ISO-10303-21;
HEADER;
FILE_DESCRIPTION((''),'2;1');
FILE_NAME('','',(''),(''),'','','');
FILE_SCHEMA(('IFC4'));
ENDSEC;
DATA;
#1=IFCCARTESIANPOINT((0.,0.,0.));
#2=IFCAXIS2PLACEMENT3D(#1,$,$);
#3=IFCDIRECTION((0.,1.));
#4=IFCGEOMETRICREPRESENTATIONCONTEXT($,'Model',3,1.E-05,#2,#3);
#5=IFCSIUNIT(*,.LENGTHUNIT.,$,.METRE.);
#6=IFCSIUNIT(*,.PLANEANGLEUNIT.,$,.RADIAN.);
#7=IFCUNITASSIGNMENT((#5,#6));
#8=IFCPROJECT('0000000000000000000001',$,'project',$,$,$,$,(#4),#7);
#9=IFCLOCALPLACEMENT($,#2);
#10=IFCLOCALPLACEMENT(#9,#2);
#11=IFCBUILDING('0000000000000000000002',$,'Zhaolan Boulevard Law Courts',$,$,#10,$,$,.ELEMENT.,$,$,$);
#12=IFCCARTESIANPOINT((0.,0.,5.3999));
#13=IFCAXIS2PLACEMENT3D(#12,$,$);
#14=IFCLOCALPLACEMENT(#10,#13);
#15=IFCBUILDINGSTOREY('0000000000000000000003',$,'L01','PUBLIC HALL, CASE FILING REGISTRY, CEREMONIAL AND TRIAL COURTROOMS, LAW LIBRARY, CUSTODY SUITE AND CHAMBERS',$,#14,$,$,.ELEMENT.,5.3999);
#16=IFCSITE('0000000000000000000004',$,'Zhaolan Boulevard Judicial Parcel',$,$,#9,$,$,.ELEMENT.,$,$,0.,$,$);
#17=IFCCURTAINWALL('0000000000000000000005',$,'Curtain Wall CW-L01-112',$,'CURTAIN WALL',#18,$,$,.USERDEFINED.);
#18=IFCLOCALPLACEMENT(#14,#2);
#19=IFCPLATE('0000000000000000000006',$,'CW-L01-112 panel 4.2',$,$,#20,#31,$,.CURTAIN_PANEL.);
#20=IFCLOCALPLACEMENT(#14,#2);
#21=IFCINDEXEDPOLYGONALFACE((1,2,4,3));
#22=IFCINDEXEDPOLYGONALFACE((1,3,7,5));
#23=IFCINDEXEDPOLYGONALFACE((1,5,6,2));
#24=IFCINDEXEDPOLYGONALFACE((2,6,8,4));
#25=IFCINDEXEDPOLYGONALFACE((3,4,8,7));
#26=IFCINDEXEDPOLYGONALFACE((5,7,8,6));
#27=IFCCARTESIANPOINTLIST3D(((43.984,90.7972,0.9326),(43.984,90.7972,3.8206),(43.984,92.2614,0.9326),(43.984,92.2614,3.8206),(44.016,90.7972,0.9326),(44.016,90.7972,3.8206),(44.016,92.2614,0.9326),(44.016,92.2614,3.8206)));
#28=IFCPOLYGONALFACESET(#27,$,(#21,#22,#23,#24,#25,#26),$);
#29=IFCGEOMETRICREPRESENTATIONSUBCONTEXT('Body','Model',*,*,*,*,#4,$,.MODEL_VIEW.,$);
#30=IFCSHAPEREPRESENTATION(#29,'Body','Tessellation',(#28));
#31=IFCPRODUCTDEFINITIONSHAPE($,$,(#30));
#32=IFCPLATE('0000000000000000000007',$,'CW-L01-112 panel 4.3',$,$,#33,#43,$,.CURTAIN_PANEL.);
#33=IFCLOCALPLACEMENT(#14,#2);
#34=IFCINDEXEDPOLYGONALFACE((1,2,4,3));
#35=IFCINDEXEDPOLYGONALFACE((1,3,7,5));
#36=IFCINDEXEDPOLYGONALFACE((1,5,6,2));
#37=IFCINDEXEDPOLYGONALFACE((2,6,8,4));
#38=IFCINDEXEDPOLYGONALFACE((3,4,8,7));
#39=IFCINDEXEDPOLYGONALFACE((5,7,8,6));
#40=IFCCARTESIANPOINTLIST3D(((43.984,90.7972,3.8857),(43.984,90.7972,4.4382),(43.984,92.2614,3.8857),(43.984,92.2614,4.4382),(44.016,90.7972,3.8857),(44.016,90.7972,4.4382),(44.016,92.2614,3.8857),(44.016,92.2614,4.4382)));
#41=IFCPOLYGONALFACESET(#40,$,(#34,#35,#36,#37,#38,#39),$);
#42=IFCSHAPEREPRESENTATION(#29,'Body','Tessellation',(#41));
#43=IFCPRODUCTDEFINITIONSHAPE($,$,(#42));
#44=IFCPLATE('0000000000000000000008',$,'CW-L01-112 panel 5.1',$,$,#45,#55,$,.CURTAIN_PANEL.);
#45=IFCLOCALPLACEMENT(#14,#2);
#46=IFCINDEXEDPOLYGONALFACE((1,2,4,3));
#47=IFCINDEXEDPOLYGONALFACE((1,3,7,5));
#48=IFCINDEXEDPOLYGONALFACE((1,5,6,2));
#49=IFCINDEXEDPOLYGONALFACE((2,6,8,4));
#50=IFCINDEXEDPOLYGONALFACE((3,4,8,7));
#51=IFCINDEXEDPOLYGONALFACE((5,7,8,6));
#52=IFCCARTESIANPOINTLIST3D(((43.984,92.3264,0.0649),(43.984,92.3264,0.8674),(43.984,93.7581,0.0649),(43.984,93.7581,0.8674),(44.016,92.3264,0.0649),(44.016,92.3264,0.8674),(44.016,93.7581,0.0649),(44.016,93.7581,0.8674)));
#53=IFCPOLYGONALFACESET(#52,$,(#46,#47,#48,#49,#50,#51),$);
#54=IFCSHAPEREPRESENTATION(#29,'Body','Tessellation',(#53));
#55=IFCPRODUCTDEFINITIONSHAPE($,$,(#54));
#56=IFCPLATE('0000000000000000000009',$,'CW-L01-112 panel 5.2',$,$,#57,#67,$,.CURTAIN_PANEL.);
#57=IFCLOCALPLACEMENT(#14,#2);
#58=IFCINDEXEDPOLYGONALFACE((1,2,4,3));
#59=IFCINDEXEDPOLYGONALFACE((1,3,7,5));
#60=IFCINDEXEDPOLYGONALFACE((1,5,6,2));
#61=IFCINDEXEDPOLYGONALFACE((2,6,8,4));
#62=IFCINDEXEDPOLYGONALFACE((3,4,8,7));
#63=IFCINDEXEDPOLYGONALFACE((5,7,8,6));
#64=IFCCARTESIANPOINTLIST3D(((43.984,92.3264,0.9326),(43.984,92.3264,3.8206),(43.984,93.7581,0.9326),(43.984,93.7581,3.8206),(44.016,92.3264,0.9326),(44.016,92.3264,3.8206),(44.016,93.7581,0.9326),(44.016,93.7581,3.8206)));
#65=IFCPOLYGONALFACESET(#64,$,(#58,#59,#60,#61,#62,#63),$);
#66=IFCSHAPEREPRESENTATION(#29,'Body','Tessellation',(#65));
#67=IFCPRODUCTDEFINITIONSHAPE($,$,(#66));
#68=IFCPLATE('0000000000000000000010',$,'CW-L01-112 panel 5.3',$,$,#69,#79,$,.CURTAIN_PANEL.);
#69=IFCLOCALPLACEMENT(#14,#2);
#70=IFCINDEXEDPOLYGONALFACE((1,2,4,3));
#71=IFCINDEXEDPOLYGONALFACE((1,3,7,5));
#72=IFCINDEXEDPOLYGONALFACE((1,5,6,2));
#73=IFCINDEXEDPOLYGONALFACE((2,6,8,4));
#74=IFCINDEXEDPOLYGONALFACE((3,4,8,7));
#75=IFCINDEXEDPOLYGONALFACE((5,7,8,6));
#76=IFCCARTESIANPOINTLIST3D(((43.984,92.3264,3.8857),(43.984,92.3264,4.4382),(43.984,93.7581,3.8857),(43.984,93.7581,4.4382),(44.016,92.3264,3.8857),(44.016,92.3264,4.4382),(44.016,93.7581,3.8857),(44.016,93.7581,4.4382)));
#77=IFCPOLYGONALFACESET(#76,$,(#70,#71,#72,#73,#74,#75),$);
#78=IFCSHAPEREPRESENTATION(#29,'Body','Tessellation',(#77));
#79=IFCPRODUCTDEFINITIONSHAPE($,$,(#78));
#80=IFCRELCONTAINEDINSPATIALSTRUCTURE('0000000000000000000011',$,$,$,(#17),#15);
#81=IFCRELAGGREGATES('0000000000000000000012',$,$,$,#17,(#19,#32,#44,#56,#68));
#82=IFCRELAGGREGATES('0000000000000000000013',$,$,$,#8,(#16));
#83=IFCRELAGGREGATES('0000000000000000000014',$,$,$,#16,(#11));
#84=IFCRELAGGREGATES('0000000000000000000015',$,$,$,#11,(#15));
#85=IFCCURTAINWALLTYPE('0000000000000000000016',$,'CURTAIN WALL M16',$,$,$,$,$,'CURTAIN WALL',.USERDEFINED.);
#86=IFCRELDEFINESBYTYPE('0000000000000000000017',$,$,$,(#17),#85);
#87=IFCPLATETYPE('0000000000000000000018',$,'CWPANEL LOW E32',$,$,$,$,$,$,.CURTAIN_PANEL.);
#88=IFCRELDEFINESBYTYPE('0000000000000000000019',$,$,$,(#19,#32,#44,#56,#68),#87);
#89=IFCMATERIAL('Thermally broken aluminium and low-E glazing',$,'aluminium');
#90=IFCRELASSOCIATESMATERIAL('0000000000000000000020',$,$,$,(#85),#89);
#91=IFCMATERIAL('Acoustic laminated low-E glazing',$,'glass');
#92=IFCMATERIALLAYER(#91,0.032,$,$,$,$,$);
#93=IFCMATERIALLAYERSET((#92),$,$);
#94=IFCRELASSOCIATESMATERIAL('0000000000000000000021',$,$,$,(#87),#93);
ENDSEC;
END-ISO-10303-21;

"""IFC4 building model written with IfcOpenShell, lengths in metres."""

from ifc_helpers import new_model, si_unit, direction, frame, origin, origin_2d, place, context, subcontext, project, spatial, rectangle, extrude, material, layer, layer_set, type_object, element, aggregate, save


model = new_model("IFC4")

# Units and contexts
model_context = context("Model", 3, precision=1e-05, world=origin(), true_north=direction((0.0, 1.0)))
body_context = subcontext(model_context, "Body", "Model", "MODEL_VIEW")
ifc_project = project(units=[si_unit("LENGTHUNIT", "METRE"), si_unit("PLANEANGLEUNIT", "RADIAN")], contexts=[model_context])

# Site, building, storey
site_placement = place(None, origin())
site = spatial("IfcSite", under=ifc_project, at=site_placement, Name="Zhaolan Boulevard Judicial Parcel", CompositionType="ELEMENT", RefElevation=0.0)
building_placement = place(site_placement, origin())
building = spatial("IfcBuilding", under=site, at=building_placement, Name="Zhaolan Boulevard Law Courts", CompositionType="ELEMENT")
storey_placement = place(building_placement, frame((0.0, 0.0, 5.3999)))
storey = spatial("IfcBuildingStorey", under=building, at=storey_placement, Name="L01", Description="PUBLIC HALL, CASE FILING REGISTRY, CEREMONIAL AND TRIAL COURTROOMS, LAW LIBRARY, CUSTODY SUITE AND CHAMBERS", CompositionType="ELEMENT", Elevation=5.3999)

# Curtain wall, plates
ifc_material_1 = material(Name="Thermally broken aluminium and low-E glazing", Category="aluminium")
curtain_wall_type = type_object("IfcCurtainWallType", Name="CURTAIN WALL M16", ElementType="CURTAIN WALL", PredefinedType="USERDEFINED", material=ifc_material_1)
curtain_wall_placement = place(storey_placement, origin())
curtain_wall = element("IfcCurtainWall", 1, at=curtain_wall_placement, inside=storey, type_object=curtain_wall_type, Name="Curtain Wall CW-L01-112", ObjectType="CURTAIN WALL", PredefinedType="USERDEFINED")
ifc_material_2 = material(Name="Acoustic laminated low-E glazing", Category="glass")
ifc_layer = layer(ifc_material_2, 0.032)
ifc_layer_set = layer_set([ifc_layer])
plate_type = type_object("IfcPlateType", Name="CWPANEL LOW E32", PredefinedType="CURTAIN_PANEL", material=ifc_layer_set)
plate_1_placement = place(storey_placement, frame((44.0, 91.5293, 0.9326), z_axis=(0.0, 0.0, 1.0), x_axis=(0.0, 1.0, 0.0)))
plate_1 = element("IfcPlate", 2, at=plate_1_placement, type_object=plate_type, Name="CW-L01-112 panel 4.2", PredefinedType="CURTAIN_PANEL", context=body_context, shape_type="SweptSolid", body=[
    extrude(rectangle(XDim=1.4641, YDim=0.032, at=origin_2d()), origin(), (0.0, 0.0, 1.0), 2.8879),
])
plate_2_placement = place(storey_placement, frame((44.0, 91.5293, 3.8857), z_axis=(0.0, 0.0, 1.0), x_axis=(0.0, 1.0, 0.0)))
plate_2 = element("IfcPlate", 3, at=plate_2_placement, type_object=plate_type, Name="CW-L01-112 panel 4.3", PredefinedType="CURTAIN_PANEL", context=body_context, shape_type="SweptSolid", body=[
    extrude(rectangle(XDim=1.4641, YDim=0.032, at=origin_2d()), origin(), (0.0, 0.0, 1.0), 0.5525),
])
plate_3_placement = place(storey_placement, frame((44.0, 93.0422, 0.0649), z_axis=(0.0, 0.0, 1.0), x_axis=(0.0, 1.0, 0.0)))
plate_3 = element("IfcPlate", 4, at=plate_3_placement, type_object=plate_type, Name="CW-L01-112 panel 5.1", PredefinedType="CURTAIN_PANEL", context=body_context, shape_type="SweptSolid", body=[
    extrude(rectangle(XDim=1.4316, YDim=0.032, at=origin_2d()), origin(), (0.0, 0.0, 1.0), 0.8025),
])
plate_4_placement = place(storey_placement, frame((44.0, 93.0422, 0.9326), z_axis=(0.0, 0.0, 1.0), x_axis=(0.0, 1.0, 0.0)))
plate_4 = element("IfcPlate", 5, at=plate_4_placement, type_object=plate_type, Name="CW-L01-112 panel 5.2", PredefinedType="CURTAIN_PANEL", context=body_context, shape_type="SweptSolid", body=[
    extrude(rectangle(XDim=1.4316, YDim=0.032, at=origin_2d()), origin(), (0.0, 0.0, 1.0), 2.8879),
])
plate_5_placement = place(storey_placement, frame((44.0, 93.0422, 3.8857), z_axis=(0.0, 0.0, 1.0), x_axis=(0.0, 1.0, 0.0)))
plate_5 = element("IfcPlate", 6, at=plate_5_placement, type_object=plate_type, Name="CW-L01-112 panel 5.3", PredefinedType="CURTAIN_PANEL", context=body_context, shape_type="SweptSolid", body=[
    extrude(rectangle(XDim=1.4316, YDim=0.032, at=origin_2d()), origin(), (0.0, 0.0, 1.0), 0.5525),
])
aggregate(curtain_wall, [plate_1, plate_2, plate_3, plate_4, plate_5])

save(model, "model.ifc")
